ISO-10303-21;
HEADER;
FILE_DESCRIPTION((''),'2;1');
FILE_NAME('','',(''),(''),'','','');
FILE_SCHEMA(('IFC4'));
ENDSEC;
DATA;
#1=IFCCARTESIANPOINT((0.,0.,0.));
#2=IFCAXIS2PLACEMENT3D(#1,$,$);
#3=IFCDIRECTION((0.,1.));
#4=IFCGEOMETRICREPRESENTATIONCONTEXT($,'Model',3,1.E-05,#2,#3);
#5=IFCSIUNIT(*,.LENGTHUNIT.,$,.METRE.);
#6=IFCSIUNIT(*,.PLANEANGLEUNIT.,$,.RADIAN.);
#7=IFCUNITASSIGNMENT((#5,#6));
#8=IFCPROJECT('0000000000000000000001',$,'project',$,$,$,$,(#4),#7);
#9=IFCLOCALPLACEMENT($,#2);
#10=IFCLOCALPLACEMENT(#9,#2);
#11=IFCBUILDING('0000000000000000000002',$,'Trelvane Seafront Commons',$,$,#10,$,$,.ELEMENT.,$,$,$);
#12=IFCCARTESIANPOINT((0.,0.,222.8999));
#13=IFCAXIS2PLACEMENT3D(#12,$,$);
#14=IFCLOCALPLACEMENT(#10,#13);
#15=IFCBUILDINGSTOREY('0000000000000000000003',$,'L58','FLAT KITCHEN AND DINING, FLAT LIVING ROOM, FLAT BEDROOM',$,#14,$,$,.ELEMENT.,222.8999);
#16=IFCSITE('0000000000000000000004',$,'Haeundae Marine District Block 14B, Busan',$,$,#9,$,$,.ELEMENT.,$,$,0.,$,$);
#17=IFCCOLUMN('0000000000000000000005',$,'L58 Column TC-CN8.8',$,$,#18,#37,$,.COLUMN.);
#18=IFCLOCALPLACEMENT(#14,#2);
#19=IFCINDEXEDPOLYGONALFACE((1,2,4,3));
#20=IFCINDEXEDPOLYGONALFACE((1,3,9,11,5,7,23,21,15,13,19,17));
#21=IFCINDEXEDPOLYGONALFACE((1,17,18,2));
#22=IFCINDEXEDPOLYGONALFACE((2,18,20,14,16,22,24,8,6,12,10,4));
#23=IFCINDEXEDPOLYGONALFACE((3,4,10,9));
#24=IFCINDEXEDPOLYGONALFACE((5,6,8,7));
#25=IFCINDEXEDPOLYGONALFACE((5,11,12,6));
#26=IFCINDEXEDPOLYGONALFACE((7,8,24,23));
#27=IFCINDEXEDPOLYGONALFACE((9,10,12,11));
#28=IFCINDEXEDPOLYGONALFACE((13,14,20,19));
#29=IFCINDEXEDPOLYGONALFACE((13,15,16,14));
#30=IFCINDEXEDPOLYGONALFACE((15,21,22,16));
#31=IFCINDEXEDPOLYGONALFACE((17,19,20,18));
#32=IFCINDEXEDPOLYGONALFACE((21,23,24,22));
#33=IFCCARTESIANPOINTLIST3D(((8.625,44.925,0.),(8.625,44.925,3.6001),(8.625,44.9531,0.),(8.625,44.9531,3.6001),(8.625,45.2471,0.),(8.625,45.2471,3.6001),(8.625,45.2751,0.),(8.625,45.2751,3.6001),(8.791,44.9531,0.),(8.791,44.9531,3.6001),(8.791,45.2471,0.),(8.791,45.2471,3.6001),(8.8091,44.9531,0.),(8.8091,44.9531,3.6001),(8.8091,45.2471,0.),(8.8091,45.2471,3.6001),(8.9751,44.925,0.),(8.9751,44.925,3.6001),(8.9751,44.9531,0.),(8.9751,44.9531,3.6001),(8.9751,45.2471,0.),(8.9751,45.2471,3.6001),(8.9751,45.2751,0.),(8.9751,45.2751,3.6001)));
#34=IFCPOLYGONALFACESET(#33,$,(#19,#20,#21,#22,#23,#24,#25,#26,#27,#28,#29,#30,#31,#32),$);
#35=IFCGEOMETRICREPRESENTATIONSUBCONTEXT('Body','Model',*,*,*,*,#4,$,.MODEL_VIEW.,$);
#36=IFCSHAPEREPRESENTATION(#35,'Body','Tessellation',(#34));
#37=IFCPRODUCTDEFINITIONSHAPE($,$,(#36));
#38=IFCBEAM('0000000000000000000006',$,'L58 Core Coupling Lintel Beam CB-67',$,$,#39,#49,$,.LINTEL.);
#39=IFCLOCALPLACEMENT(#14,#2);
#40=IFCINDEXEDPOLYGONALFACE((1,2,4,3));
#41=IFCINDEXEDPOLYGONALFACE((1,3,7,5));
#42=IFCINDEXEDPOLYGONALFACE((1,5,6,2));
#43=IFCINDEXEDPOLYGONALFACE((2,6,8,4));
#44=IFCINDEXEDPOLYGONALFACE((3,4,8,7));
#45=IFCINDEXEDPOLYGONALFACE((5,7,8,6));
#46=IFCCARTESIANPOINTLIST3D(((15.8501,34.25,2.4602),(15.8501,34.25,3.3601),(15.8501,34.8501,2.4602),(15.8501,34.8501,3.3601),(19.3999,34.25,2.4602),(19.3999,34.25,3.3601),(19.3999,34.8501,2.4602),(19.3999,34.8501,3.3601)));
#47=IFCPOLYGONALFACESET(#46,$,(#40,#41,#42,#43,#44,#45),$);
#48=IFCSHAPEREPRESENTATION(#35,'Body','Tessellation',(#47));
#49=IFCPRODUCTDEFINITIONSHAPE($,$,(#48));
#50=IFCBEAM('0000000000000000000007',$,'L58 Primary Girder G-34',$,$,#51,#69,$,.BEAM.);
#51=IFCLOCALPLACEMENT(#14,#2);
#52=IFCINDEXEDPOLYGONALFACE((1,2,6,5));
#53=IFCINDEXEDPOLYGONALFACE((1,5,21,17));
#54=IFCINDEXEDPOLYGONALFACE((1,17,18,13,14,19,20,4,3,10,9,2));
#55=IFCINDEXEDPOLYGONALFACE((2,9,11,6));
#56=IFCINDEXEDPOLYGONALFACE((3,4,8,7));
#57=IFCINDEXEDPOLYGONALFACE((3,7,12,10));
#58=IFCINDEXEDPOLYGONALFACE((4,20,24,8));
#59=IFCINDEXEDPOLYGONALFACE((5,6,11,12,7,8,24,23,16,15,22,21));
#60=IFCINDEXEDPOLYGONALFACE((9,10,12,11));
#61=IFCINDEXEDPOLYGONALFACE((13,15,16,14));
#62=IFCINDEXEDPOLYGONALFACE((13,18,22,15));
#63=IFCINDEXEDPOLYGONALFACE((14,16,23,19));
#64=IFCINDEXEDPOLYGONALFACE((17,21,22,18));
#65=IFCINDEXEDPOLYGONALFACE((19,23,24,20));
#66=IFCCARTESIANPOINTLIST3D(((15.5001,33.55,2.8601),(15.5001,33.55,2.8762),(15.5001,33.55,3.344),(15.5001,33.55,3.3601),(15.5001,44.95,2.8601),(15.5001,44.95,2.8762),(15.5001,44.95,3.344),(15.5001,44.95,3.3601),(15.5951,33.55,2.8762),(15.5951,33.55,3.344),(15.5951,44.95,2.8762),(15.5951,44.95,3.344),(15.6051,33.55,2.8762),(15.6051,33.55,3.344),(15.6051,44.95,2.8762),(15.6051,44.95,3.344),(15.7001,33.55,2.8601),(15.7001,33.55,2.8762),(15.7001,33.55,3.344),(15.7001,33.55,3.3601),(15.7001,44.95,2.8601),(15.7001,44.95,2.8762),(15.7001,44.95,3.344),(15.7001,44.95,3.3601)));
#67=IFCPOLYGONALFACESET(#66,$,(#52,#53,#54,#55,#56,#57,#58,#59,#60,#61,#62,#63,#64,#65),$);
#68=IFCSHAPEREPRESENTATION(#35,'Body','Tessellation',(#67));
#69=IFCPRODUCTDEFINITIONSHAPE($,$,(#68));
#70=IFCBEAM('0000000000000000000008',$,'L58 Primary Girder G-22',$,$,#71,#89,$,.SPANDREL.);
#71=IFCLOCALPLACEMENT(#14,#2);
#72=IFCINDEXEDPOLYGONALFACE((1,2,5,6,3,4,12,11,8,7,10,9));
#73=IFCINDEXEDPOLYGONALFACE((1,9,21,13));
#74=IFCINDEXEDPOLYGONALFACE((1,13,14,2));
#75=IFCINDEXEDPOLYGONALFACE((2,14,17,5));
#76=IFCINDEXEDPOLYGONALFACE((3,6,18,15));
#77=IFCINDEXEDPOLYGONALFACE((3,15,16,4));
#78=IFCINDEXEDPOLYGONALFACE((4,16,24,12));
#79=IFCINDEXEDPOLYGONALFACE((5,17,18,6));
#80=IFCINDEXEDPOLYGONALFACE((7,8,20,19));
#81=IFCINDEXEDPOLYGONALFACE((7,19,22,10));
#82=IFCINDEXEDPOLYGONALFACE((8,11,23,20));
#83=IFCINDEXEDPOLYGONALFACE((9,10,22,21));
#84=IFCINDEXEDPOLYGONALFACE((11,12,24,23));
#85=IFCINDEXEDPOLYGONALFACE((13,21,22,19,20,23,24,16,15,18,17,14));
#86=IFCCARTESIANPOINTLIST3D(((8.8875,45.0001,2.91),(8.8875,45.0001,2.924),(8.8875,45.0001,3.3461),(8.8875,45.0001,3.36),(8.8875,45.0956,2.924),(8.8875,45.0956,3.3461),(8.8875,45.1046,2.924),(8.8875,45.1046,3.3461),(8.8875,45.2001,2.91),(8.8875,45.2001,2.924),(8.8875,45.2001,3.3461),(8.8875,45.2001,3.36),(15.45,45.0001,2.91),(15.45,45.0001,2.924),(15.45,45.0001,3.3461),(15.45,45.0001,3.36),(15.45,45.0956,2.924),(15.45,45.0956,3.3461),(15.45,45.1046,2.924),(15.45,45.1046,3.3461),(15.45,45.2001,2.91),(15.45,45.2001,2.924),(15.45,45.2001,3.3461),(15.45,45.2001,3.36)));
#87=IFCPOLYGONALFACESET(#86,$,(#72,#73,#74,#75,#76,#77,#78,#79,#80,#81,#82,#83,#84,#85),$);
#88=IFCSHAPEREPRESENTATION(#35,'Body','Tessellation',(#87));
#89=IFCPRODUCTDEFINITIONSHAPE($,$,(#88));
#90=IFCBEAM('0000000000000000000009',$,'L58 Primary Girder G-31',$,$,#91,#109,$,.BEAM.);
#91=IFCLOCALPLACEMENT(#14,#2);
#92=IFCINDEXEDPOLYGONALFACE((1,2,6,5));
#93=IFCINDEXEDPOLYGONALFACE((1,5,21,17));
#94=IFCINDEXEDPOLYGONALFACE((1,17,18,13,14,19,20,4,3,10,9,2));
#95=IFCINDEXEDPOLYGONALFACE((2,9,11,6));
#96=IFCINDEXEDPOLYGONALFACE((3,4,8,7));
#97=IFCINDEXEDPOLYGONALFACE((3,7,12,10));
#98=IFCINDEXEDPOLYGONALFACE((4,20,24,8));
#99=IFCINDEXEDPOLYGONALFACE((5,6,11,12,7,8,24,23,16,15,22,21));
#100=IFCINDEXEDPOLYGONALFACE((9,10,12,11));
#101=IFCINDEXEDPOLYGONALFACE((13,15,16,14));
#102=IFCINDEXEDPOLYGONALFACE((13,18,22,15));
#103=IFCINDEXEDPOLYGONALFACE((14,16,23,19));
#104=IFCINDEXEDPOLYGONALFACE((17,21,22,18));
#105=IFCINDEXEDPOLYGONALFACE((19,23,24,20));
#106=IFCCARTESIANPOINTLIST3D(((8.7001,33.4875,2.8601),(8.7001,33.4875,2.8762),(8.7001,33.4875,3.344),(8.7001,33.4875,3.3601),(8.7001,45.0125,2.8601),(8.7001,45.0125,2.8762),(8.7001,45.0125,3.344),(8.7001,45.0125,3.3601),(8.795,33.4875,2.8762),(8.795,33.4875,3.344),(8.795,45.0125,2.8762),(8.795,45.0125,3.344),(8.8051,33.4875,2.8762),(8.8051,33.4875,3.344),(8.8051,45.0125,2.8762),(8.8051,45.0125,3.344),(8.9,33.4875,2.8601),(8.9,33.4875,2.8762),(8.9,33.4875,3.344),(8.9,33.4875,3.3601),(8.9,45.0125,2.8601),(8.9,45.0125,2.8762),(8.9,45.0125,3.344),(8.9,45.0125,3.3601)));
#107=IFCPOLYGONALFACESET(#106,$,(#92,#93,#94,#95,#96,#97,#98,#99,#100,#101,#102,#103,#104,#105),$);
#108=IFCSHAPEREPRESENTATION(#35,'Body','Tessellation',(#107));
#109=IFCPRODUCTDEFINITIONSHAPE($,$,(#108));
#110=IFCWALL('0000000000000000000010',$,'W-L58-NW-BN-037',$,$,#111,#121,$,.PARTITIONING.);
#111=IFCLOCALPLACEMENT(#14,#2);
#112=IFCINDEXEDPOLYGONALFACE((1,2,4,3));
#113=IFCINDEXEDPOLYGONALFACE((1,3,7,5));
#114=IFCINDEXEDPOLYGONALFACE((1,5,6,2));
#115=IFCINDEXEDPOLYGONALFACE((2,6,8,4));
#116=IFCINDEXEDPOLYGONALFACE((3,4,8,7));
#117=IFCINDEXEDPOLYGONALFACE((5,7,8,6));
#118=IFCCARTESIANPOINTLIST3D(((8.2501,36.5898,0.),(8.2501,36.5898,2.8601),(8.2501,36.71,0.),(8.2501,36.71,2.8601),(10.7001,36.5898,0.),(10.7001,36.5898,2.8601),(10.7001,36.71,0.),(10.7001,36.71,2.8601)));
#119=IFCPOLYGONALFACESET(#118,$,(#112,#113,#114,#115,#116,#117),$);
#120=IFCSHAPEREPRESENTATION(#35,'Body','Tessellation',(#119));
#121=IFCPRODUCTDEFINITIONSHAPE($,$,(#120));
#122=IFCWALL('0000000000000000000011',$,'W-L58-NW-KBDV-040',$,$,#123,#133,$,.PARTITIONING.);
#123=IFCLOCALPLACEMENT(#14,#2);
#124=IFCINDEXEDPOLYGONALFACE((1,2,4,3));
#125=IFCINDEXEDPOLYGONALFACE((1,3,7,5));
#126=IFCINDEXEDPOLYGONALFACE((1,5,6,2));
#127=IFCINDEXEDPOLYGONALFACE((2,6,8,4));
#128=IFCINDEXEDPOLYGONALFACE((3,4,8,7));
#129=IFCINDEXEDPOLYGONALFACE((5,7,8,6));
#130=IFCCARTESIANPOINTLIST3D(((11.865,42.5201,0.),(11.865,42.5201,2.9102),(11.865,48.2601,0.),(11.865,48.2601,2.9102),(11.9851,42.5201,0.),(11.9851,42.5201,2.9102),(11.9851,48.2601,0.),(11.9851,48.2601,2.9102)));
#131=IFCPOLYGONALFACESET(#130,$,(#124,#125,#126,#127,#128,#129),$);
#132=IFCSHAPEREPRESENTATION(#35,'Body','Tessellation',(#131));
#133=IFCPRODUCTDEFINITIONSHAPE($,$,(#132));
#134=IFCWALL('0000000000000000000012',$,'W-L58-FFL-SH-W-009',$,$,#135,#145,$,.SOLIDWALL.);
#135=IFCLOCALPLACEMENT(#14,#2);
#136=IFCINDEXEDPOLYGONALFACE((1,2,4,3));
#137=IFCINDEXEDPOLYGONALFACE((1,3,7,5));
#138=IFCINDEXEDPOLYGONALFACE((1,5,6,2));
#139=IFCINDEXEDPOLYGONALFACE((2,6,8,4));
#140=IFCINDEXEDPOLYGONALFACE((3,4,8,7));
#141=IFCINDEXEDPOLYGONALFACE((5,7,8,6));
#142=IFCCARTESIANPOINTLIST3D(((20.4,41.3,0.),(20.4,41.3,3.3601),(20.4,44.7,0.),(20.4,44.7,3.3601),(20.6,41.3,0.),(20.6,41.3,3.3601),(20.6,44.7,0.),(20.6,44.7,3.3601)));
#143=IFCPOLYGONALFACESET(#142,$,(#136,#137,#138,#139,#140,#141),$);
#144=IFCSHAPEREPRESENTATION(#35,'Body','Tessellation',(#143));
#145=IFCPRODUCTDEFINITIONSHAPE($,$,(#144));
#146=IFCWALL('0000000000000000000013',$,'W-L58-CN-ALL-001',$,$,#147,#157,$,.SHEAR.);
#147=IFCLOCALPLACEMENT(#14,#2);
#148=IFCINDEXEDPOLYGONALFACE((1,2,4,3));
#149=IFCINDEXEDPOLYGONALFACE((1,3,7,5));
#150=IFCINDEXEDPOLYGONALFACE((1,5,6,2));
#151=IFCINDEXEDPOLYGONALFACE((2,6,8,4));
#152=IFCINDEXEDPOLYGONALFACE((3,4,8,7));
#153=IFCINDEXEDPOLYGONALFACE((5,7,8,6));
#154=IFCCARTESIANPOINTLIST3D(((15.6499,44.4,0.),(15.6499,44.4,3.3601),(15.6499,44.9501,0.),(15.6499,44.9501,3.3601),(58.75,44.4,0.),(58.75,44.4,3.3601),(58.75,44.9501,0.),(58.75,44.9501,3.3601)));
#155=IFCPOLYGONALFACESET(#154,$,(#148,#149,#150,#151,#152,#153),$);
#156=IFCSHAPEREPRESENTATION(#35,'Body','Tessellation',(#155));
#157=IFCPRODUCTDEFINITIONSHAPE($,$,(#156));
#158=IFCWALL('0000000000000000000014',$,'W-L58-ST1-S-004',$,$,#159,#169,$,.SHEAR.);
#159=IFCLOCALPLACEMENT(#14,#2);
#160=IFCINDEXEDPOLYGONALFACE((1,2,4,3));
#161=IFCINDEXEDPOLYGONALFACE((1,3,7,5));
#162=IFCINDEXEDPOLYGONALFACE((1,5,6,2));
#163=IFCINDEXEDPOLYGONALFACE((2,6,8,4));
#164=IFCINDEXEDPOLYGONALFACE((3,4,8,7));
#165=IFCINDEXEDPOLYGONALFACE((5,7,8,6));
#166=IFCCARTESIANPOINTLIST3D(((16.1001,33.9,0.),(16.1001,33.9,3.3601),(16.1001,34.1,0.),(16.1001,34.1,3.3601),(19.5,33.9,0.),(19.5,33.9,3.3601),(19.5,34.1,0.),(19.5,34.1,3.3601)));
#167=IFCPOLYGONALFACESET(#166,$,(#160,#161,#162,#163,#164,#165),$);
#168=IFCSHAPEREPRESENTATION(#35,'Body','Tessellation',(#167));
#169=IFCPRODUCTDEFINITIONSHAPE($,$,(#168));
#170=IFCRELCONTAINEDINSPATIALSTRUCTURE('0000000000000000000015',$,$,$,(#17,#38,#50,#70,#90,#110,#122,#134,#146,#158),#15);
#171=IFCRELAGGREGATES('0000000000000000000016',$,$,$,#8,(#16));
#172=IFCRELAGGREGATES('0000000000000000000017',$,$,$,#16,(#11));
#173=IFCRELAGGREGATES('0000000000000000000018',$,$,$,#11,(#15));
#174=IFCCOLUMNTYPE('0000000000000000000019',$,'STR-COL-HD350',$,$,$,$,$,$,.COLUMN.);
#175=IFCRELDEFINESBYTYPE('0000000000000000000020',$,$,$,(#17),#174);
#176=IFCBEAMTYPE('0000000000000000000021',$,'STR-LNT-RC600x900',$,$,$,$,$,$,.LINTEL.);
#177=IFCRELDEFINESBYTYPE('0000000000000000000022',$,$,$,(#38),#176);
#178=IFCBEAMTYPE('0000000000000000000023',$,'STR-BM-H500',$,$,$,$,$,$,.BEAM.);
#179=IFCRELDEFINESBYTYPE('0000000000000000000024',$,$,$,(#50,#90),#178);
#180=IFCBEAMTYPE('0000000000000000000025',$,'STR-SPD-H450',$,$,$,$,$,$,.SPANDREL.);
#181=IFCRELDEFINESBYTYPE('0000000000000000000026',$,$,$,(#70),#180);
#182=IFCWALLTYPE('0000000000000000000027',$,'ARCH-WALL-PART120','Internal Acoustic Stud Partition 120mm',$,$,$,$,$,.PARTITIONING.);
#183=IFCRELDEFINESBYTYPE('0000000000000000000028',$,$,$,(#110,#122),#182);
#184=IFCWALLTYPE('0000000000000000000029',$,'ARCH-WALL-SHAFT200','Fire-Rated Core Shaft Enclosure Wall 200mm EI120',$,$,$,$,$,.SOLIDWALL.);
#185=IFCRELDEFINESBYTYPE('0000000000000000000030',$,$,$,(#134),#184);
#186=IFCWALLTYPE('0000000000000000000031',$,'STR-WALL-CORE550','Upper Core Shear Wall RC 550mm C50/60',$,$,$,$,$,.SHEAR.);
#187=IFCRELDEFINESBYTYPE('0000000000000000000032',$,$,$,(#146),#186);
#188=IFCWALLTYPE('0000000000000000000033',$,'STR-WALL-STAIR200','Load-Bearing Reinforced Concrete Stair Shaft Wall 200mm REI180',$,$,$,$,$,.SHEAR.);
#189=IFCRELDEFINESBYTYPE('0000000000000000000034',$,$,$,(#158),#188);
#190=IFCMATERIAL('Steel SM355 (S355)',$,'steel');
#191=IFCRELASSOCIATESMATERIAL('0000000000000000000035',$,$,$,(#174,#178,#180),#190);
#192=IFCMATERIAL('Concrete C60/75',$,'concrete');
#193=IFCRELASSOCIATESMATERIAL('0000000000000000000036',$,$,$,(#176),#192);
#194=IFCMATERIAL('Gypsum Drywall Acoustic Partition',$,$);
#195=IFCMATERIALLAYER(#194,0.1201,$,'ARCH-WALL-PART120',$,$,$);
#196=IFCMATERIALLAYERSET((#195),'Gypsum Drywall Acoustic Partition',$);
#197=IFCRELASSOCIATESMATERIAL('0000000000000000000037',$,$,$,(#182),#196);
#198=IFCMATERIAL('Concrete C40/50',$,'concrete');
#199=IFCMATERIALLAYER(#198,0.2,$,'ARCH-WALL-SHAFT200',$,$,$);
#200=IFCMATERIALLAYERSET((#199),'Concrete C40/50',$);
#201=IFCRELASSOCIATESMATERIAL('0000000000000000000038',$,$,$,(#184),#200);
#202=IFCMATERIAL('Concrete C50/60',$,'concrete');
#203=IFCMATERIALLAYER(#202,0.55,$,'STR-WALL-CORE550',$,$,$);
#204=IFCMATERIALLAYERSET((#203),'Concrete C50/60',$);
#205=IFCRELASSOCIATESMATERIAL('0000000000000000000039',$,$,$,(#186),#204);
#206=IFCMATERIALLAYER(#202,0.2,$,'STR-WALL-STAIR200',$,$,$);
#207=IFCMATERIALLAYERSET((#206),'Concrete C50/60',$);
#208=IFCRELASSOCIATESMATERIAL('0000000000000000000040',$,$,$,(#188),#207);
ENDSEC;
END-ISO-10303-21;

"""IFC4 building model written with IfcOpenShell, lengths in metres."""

from ifc_helpers import new_model, si_unit, direction, frame, frame_2d, origin, origin_2d, place, context, subcontext, project, spatial, rectangle, i_section, extrude, source, transform, mapped, material, layer, layer_set, material_profile, profile_set, type_object, element, save


model = new_model("IFC4")

# Units and contexts
model_context = context("Model", 3, precision=1e-05, world=origin(), true_north=direction((0.0, 1.0)))
body_context = subcontext(model_context, "Body", "Model", "MODEL_VIEW")
ifc_project = project(units=[si_unit("LENGTHUNIT", "METRE"), si_unit("PLANEANGLEUNIT", "RADIAN")], contexts=[model_context])

# Site, building, storey
site_placement = place(None, origin())
site = spatial("IfcSite", under=ifc_project, at=site_placement, Name="Haeundae Marine District Block 14B, Busan", CompositionType="ELEMENT", RefElevation=0.0)
building_placement = place(site_placement, origin())
building = spatial("IfcBuilding", under=site, at=building_placement, Name="Trelvane Seafront Commons", CompositionType="ELEMENT")
storey_placement = place(building_placement, frame((0.0, 0.0, 222.8999)))
storey = spatial("IfcBuildingStorey", under=building, at=storey_placement, Name="L58", Description="FLAT KITCHEN AND DINING, FLAT LIVING ROOM, FLAT BEDROOM", CompositionType="ELEMENT", Elevation=222.8999)

# Column
ifc_material_1 = material(Name="Steel SM355 (S355)", Category="steel")
ifc_material_profile_1 = material_profile(ifc_material_1, i_section(OverallWidth=0.3501, OverallDepth=0.3501, WebThickness=0.0181, FlangeThickness=0.0281, at=origin_2d()), Name="HD-350x350x18x28")
ifc_profile_set_1 = profile_set([ifc_material_profile_1], Name="Steel SM355 (S355)")
column_type = type_object("IfcColumnType", Name="STR-COL-HD350", PredefinedType="COLUMN", material=ifc_profile_set_1)
shared_shape_1 = source(origin(), body_context, "Body", "SweptSolid", [
    extrude(i_section(OverallWidth=0.3501, OverallDepth=0.3501, WebThickness=0.0181, FlangeThickness=0.0281, at=origin_2d()), origin(), (0.0, 0.0, 1.0), 3.6001),
])
column_placement = place(storey_placement, frame((8.8, 45.1001, 0.0), z_axis=(0.0, 0.0, 1.0), x_axis=(1.0, 0.0, 0.0)))
element("IfcColumn", 1, at=column_placement, inside=storey, type_object=column_type, Name="L58 Column TC-CN8.8", PredefinedType="COLUMN", context=body_context, shape_type="MappedRepresentation", body=[
    mapped(shared_shape_1, transform((0.0, 0.0, 0.0), x_axis=(1.0, 0.0, 0.0), y_axis=(0.0, 1.0, 0.0), z_axis=(0.0, 0.0, 1.0), scale=1.0)),
])

# Beams
ifc_material_2 = material(Name="Concrete C60/75", Category="concrete")
ifc_material_profile_2 = material_profile(ifc_material_2, rectangle(XDim=0.6001, YDim=0.8999, at=origin_2d()), Name="RC-600x900")
ifc_profile_set_2 = profile_set([ifc_material_profile_2], Name="Concrete C60/75")
beam_type_1 = type_object("IfcBeamType", Name="STR-LNT-RC600x900", PredefinedType="LINTEL", material=ifc_profile_set_2)
shared_shape_2 = source(origin(), body_context, "Body", "SweptSolid", [
    extrude(rectangle(XDim=0.6001, YDim=0.8999, at=origin_2d()), origin(), (0.0, 0.0, 1.0), 3.5498),
])
beam_1_placement = place(storey_placement, frame((15.8501, 34.55, 2.9102), z_axis=(1.0, 0.0, 0.0), x_axis=(0.0, 1.0, 0.0)))
element("IfcBeam", 2, at=beam_1_placement, inside=storey, type_object=beam_type_1, Name="L58 Core Coupling Lintel Beam CB-67", PredefinedType="LINTEL", context=body_context, shape_type="MappedRepresentation", body=[
    mapped(shared_shape_2, transform((0.0, 0.0, 0.0), x_axis=(1.0, 0.0, 0.0), y_axis=(0.0, 1.0, 0.0), z_axis=(0.0, 0.0, 1.0), scale=1.0)),
])
ifc_material_profile_3 = material_profile(ifc_material_1, i_section(OverallWidth=0.2, OverallDepth=0.5, WebThickness=0.01, FlangeThickness=0.0161, at=origin_2d()), Name="H-500x200x10x16")
ifc_profile_set_3 = profile_set([ifc_material_profile_3], Name="Steel SM355 (S355)")
beam_type_2 = type_object("IfcBeamType", Name="STR-BM-H500", PredefinedType="BEAM", material=ifc_profile_set_3)
shared_shape_3 = source(origin(), body_context, "Body", "SweptSolid", [
    extrude(i_section(OverallWidth=0.2, OverallDepth=0.5, WebThickness=0.01, FlangeThickness=0.0161, at=origin_2d()), origin(), (0.0, 0.0, 1.0), 11.3999),
])
beam_2_placement = place(storey_placement, frame((15.6001, 33.55, 3.1101), z_axis=(0.0, 1.0, 0.0), x_axis=(-1.0, 0.0, 0.0)))
element("IfcBeam", 3, at=beam_2_placement, inside=storey, type_object=beam_type_2, Name="L58 Primary Girder G-34", PredefinedType="BEAM", context=body_context, shape_type="MappedRepresentation", body=[
    mapped(shared_shape_3, transform((0.0, 0.0, 0.0), x_axis=(1.0, 0.0, 0.0), y_axis=(0.0, 1.0, 0.0), z_axis=(0.0, 0.0, 1.0), scale=1.0)),
])
ifc_material_profile_4 = material_profile(ifc_material_1, i_section(OverallWidth=0.2, OverallDepth=0.45, WebThickness=0.009, FlangeThickness=0.0139, at=origin_2d()), Name="H-450x200x9x14")
ifc_profile_set_4 = profile_set([ifc_material_profile_4], Name="Steel SM355 (S355)")
beam_type_3 = type_object("IfcBeamType", Name="STR-SPD-H450", PredefinedType="SPANDREL", material=ifc_profile_set_4)
shared_shape_4 = source(origin(), body_context, "Body", "SweptSolid", [
    extrude(i_section(OverallWidth=0.2, OverallDepth=0.45, WebThickness=0.009, FlangeThickness=0.0139, at=origin_2d()), origin(), (0.0, 0.0, 1.0), 6.5625),
])
beam_3_placement = place(storey_placement, frame((8.8875, 45.1001, 3.135), z_axis=(1.0, 0.0, 0.0), x_axis=(0.0, 1.0, 0.0)))
element("IfcBeam", 4, at=beam_3_placement, inside=storey, type_object=beam_type_3, Name="L58 Primary Girder G-22", PredefinedType="SPANDREL", context=body_context, shape_type="MappedRepresentation", body=[
    mapped(shared_shape_4, transform((0.0, 0.0, 0.0), x_axis=(1.0, 0.0, 0.0), y_axis=(0.0, 1.0, 0.0), z_axis=(0.0, 0.0, 1.0), scale=1.0)),
])
shared_shape_5 = source(origin(), body_context, "Body", "SweptSolid", [
    extrude(i_section(OverallWidth=0.2, OverallDepth=0.5, WebThickness=0.01, FlangeThickness=0.0161, at=origin_2d()), origin(), (0.0, 0.0, 1.0), 11.5249),
])
beam_4_placement = place(storey_placement, frame((8.8, 33.4875, 3.1101), z_axis=(0.0, 1.0, 0.0), x_axis=(-1.0, 0.0, 0.0)))
element("IfcBeam", 5, at=beam_4_placement, inside=storey, type_object=beam_type_2, Name="L58 Primary Girder G-31", PredefinedType="BEAM", context=body_context, shape_type="MappedRepresentation", body=[
    mapped(shared_shape_5, transform((0.0, 0.0, 0.0), x_axis=(1.0, 0.0, 0.0), y_axis=(0.0, 1.0, 0.0), z_axis=(0.0, 0.0, 1.0), scale=1.0)),
])

# Wall
ifc_material_3 = material(Name="Gypsum Drywall Acoustic Partition")
ifc_layer_1 = layer(ifc_material_3, 0.1201, Name="ARCH-WALL-PART120")
ifc_layer_set_1 = layer_set([ifc_layer_1], Name="Gypsum Drywall Acoustic Partition")
wall_type_1 = type_object("IfcWallType", Name="ARCH-WALL-PART120", Description="Internal Acoustic Stud Partition 120mm", PredefinedType="PARTITIONING", material=ifc_layer_set_1)
wall_1_placement = place(storey_placement, frame((8.25, 36.6499, 0.0), z_axis=(0.0, 0.0, 1.0), x_axis=(1.0, 0.0, 0.0)))
element("IfcWall", 6, at=wall_1_placement, inside=storey, type_object=wall_type_1, Name="W-L58-NW-BN-037", PredefinedType="PARTITIONING", context=body_context, shape_type="SweptSolid", body=[
    extrude(rectangle(XDim=2.45, YDim=0.1201, at=frame_2d((1.2251, 0.0))), origin(), (0.0, 0.0, 1.0), 2.8601),
])

# Wall
wall_2_placement = place(storey_placement, frame((11.925, 42.52, 0.0), z_axis=(0.0, 0.0, 1.0), x_axis=(0.0, 1.0, 0.0)))
element("IfcWall", 7, at=wall_2_placement, inside=storey, type_object=wall_type_1, Name="W-L58-NW-KBDV-040", PredefinedType="PARTITIONING", context=body_context, shape_type="SweptSolid", body=[
    extrude(rectangle(XDim=5.74, YDim=0.1201, at=frame_2d((2.8701, 0.0))), origin(), (0.0, 0.0, 1.0), 2.9102),
])

# Shared definitions
ifc_material_4 = material(Name="Concrete C40/50", Category="concrete")
ifc_layer_2 = layer(ifc_material_4, 0.2, Name="ARCH-WALL-SHAFT200")
ifc_layer_set_2 = layer_set([ifc_layer_2], Name="Concrete C40/50")
wall_type_2 = type_object("IfcWallType", Name="ARCH-WALL-SHAFT200", Description="Fire-Rated Core Shaft Enclosure Wall 200mm EI120", PredefinedType="SOLIDWALL", material=ifc_layer_set_2)

# Walls
wall_3_placement = place(storey_placement, frame((20.5, 41.3, 0.0), z_axis=(0.0, 0.0, 1.0), x_axis=(0.0, 1.0, 0.0)))
element("IfcWall", 8, at=wall_3_placement, inside=storey, type_object=wall_type_2, Name="W-L58-FFL-SH-W-009", PredefinedType="SOLIDWALL", context=body_context, shape_type="SweptSolid", body=[
    extrude(rectangle(XDim=3.3999, YDim=0.2, at=frame_2d((1.7, 0.0))), origin(), (0.0, 0.0, 1.0), 3.3601),
])
ifc_material_5 = material(Name="Concrete C50/60", Category="concrete")
ifc_layer_3 = layer(ifc_material_5, 0.55, Name="STR-WALL-CORE550")
ifc_layer_set_3 = layer_set([ifc_layer_3], Name="Concrete C50/60")
wall_type_3 = type_object("IfcWallType", Name="STR-WALL-CORE550", Description="Upper Core Shear Wall RC 550mm C50/60", PredefinedType="SHEAR", material=ifc_layer_set_3)
wall_4_placement = place(storey_placement, frame((15.6499, 44.675, 0.0), z_axis=(0.0, 0.0, 1.0), x_axis=(1.0, 0.0, 0.0)))
element("IfcWall", 9, at=wall_4_placement, inside=storey, type_object=wall_type_3, Name="W-L58-CN-ALL-001", PredefinedType="SHEAR", context=body_context, shape_type="SweptSolid", body=[
    extrude(rectangle(XDim=43.1001, YDim=0.55, at=frame_2d((21.55, 0.0))), origin(), (0.0, 0.0, 1.0), 3.3601),
])
ifc_layer_4 = layer(ifc_material_5, 0.2, Name="STR-WALL-STAIR200")
ifc_layer_set_4 = layer_set([ifc_layer_4], Name="Concrete C50/60")
wall_type_4 = type_object("IfcWallType", Name="STR-WALL-STAIR200", Description="Load-Bearing Reinforced Concrete Stair Shaft Wall 200mm REI180", PredefinedType="SHEAR", material=ifc_layer_set_4)
wall_5_placement = place(storey_placement, frame((16.1001, 34.0, 0.0), z_axis=(0.0, 0.0, 1.0), x_axis=(1.0, 0.0, 0.0)))
element("IfcWall", 10, at=wall_5_placement, inside=storey, type_object=wall_type_4, Name="W-L58-ST1-S-004", PredefinedType="SHEAR", context=body_context, shape_type="SweptSolid", body=[
    extrude(rectangle(XDim=3.3999, YDim=0.2, at=frame_2d((1.7, 0.0))), origin(), (0.0, 0.0, 1.0), 3.3601),
])

save(model, "model.ifc")
